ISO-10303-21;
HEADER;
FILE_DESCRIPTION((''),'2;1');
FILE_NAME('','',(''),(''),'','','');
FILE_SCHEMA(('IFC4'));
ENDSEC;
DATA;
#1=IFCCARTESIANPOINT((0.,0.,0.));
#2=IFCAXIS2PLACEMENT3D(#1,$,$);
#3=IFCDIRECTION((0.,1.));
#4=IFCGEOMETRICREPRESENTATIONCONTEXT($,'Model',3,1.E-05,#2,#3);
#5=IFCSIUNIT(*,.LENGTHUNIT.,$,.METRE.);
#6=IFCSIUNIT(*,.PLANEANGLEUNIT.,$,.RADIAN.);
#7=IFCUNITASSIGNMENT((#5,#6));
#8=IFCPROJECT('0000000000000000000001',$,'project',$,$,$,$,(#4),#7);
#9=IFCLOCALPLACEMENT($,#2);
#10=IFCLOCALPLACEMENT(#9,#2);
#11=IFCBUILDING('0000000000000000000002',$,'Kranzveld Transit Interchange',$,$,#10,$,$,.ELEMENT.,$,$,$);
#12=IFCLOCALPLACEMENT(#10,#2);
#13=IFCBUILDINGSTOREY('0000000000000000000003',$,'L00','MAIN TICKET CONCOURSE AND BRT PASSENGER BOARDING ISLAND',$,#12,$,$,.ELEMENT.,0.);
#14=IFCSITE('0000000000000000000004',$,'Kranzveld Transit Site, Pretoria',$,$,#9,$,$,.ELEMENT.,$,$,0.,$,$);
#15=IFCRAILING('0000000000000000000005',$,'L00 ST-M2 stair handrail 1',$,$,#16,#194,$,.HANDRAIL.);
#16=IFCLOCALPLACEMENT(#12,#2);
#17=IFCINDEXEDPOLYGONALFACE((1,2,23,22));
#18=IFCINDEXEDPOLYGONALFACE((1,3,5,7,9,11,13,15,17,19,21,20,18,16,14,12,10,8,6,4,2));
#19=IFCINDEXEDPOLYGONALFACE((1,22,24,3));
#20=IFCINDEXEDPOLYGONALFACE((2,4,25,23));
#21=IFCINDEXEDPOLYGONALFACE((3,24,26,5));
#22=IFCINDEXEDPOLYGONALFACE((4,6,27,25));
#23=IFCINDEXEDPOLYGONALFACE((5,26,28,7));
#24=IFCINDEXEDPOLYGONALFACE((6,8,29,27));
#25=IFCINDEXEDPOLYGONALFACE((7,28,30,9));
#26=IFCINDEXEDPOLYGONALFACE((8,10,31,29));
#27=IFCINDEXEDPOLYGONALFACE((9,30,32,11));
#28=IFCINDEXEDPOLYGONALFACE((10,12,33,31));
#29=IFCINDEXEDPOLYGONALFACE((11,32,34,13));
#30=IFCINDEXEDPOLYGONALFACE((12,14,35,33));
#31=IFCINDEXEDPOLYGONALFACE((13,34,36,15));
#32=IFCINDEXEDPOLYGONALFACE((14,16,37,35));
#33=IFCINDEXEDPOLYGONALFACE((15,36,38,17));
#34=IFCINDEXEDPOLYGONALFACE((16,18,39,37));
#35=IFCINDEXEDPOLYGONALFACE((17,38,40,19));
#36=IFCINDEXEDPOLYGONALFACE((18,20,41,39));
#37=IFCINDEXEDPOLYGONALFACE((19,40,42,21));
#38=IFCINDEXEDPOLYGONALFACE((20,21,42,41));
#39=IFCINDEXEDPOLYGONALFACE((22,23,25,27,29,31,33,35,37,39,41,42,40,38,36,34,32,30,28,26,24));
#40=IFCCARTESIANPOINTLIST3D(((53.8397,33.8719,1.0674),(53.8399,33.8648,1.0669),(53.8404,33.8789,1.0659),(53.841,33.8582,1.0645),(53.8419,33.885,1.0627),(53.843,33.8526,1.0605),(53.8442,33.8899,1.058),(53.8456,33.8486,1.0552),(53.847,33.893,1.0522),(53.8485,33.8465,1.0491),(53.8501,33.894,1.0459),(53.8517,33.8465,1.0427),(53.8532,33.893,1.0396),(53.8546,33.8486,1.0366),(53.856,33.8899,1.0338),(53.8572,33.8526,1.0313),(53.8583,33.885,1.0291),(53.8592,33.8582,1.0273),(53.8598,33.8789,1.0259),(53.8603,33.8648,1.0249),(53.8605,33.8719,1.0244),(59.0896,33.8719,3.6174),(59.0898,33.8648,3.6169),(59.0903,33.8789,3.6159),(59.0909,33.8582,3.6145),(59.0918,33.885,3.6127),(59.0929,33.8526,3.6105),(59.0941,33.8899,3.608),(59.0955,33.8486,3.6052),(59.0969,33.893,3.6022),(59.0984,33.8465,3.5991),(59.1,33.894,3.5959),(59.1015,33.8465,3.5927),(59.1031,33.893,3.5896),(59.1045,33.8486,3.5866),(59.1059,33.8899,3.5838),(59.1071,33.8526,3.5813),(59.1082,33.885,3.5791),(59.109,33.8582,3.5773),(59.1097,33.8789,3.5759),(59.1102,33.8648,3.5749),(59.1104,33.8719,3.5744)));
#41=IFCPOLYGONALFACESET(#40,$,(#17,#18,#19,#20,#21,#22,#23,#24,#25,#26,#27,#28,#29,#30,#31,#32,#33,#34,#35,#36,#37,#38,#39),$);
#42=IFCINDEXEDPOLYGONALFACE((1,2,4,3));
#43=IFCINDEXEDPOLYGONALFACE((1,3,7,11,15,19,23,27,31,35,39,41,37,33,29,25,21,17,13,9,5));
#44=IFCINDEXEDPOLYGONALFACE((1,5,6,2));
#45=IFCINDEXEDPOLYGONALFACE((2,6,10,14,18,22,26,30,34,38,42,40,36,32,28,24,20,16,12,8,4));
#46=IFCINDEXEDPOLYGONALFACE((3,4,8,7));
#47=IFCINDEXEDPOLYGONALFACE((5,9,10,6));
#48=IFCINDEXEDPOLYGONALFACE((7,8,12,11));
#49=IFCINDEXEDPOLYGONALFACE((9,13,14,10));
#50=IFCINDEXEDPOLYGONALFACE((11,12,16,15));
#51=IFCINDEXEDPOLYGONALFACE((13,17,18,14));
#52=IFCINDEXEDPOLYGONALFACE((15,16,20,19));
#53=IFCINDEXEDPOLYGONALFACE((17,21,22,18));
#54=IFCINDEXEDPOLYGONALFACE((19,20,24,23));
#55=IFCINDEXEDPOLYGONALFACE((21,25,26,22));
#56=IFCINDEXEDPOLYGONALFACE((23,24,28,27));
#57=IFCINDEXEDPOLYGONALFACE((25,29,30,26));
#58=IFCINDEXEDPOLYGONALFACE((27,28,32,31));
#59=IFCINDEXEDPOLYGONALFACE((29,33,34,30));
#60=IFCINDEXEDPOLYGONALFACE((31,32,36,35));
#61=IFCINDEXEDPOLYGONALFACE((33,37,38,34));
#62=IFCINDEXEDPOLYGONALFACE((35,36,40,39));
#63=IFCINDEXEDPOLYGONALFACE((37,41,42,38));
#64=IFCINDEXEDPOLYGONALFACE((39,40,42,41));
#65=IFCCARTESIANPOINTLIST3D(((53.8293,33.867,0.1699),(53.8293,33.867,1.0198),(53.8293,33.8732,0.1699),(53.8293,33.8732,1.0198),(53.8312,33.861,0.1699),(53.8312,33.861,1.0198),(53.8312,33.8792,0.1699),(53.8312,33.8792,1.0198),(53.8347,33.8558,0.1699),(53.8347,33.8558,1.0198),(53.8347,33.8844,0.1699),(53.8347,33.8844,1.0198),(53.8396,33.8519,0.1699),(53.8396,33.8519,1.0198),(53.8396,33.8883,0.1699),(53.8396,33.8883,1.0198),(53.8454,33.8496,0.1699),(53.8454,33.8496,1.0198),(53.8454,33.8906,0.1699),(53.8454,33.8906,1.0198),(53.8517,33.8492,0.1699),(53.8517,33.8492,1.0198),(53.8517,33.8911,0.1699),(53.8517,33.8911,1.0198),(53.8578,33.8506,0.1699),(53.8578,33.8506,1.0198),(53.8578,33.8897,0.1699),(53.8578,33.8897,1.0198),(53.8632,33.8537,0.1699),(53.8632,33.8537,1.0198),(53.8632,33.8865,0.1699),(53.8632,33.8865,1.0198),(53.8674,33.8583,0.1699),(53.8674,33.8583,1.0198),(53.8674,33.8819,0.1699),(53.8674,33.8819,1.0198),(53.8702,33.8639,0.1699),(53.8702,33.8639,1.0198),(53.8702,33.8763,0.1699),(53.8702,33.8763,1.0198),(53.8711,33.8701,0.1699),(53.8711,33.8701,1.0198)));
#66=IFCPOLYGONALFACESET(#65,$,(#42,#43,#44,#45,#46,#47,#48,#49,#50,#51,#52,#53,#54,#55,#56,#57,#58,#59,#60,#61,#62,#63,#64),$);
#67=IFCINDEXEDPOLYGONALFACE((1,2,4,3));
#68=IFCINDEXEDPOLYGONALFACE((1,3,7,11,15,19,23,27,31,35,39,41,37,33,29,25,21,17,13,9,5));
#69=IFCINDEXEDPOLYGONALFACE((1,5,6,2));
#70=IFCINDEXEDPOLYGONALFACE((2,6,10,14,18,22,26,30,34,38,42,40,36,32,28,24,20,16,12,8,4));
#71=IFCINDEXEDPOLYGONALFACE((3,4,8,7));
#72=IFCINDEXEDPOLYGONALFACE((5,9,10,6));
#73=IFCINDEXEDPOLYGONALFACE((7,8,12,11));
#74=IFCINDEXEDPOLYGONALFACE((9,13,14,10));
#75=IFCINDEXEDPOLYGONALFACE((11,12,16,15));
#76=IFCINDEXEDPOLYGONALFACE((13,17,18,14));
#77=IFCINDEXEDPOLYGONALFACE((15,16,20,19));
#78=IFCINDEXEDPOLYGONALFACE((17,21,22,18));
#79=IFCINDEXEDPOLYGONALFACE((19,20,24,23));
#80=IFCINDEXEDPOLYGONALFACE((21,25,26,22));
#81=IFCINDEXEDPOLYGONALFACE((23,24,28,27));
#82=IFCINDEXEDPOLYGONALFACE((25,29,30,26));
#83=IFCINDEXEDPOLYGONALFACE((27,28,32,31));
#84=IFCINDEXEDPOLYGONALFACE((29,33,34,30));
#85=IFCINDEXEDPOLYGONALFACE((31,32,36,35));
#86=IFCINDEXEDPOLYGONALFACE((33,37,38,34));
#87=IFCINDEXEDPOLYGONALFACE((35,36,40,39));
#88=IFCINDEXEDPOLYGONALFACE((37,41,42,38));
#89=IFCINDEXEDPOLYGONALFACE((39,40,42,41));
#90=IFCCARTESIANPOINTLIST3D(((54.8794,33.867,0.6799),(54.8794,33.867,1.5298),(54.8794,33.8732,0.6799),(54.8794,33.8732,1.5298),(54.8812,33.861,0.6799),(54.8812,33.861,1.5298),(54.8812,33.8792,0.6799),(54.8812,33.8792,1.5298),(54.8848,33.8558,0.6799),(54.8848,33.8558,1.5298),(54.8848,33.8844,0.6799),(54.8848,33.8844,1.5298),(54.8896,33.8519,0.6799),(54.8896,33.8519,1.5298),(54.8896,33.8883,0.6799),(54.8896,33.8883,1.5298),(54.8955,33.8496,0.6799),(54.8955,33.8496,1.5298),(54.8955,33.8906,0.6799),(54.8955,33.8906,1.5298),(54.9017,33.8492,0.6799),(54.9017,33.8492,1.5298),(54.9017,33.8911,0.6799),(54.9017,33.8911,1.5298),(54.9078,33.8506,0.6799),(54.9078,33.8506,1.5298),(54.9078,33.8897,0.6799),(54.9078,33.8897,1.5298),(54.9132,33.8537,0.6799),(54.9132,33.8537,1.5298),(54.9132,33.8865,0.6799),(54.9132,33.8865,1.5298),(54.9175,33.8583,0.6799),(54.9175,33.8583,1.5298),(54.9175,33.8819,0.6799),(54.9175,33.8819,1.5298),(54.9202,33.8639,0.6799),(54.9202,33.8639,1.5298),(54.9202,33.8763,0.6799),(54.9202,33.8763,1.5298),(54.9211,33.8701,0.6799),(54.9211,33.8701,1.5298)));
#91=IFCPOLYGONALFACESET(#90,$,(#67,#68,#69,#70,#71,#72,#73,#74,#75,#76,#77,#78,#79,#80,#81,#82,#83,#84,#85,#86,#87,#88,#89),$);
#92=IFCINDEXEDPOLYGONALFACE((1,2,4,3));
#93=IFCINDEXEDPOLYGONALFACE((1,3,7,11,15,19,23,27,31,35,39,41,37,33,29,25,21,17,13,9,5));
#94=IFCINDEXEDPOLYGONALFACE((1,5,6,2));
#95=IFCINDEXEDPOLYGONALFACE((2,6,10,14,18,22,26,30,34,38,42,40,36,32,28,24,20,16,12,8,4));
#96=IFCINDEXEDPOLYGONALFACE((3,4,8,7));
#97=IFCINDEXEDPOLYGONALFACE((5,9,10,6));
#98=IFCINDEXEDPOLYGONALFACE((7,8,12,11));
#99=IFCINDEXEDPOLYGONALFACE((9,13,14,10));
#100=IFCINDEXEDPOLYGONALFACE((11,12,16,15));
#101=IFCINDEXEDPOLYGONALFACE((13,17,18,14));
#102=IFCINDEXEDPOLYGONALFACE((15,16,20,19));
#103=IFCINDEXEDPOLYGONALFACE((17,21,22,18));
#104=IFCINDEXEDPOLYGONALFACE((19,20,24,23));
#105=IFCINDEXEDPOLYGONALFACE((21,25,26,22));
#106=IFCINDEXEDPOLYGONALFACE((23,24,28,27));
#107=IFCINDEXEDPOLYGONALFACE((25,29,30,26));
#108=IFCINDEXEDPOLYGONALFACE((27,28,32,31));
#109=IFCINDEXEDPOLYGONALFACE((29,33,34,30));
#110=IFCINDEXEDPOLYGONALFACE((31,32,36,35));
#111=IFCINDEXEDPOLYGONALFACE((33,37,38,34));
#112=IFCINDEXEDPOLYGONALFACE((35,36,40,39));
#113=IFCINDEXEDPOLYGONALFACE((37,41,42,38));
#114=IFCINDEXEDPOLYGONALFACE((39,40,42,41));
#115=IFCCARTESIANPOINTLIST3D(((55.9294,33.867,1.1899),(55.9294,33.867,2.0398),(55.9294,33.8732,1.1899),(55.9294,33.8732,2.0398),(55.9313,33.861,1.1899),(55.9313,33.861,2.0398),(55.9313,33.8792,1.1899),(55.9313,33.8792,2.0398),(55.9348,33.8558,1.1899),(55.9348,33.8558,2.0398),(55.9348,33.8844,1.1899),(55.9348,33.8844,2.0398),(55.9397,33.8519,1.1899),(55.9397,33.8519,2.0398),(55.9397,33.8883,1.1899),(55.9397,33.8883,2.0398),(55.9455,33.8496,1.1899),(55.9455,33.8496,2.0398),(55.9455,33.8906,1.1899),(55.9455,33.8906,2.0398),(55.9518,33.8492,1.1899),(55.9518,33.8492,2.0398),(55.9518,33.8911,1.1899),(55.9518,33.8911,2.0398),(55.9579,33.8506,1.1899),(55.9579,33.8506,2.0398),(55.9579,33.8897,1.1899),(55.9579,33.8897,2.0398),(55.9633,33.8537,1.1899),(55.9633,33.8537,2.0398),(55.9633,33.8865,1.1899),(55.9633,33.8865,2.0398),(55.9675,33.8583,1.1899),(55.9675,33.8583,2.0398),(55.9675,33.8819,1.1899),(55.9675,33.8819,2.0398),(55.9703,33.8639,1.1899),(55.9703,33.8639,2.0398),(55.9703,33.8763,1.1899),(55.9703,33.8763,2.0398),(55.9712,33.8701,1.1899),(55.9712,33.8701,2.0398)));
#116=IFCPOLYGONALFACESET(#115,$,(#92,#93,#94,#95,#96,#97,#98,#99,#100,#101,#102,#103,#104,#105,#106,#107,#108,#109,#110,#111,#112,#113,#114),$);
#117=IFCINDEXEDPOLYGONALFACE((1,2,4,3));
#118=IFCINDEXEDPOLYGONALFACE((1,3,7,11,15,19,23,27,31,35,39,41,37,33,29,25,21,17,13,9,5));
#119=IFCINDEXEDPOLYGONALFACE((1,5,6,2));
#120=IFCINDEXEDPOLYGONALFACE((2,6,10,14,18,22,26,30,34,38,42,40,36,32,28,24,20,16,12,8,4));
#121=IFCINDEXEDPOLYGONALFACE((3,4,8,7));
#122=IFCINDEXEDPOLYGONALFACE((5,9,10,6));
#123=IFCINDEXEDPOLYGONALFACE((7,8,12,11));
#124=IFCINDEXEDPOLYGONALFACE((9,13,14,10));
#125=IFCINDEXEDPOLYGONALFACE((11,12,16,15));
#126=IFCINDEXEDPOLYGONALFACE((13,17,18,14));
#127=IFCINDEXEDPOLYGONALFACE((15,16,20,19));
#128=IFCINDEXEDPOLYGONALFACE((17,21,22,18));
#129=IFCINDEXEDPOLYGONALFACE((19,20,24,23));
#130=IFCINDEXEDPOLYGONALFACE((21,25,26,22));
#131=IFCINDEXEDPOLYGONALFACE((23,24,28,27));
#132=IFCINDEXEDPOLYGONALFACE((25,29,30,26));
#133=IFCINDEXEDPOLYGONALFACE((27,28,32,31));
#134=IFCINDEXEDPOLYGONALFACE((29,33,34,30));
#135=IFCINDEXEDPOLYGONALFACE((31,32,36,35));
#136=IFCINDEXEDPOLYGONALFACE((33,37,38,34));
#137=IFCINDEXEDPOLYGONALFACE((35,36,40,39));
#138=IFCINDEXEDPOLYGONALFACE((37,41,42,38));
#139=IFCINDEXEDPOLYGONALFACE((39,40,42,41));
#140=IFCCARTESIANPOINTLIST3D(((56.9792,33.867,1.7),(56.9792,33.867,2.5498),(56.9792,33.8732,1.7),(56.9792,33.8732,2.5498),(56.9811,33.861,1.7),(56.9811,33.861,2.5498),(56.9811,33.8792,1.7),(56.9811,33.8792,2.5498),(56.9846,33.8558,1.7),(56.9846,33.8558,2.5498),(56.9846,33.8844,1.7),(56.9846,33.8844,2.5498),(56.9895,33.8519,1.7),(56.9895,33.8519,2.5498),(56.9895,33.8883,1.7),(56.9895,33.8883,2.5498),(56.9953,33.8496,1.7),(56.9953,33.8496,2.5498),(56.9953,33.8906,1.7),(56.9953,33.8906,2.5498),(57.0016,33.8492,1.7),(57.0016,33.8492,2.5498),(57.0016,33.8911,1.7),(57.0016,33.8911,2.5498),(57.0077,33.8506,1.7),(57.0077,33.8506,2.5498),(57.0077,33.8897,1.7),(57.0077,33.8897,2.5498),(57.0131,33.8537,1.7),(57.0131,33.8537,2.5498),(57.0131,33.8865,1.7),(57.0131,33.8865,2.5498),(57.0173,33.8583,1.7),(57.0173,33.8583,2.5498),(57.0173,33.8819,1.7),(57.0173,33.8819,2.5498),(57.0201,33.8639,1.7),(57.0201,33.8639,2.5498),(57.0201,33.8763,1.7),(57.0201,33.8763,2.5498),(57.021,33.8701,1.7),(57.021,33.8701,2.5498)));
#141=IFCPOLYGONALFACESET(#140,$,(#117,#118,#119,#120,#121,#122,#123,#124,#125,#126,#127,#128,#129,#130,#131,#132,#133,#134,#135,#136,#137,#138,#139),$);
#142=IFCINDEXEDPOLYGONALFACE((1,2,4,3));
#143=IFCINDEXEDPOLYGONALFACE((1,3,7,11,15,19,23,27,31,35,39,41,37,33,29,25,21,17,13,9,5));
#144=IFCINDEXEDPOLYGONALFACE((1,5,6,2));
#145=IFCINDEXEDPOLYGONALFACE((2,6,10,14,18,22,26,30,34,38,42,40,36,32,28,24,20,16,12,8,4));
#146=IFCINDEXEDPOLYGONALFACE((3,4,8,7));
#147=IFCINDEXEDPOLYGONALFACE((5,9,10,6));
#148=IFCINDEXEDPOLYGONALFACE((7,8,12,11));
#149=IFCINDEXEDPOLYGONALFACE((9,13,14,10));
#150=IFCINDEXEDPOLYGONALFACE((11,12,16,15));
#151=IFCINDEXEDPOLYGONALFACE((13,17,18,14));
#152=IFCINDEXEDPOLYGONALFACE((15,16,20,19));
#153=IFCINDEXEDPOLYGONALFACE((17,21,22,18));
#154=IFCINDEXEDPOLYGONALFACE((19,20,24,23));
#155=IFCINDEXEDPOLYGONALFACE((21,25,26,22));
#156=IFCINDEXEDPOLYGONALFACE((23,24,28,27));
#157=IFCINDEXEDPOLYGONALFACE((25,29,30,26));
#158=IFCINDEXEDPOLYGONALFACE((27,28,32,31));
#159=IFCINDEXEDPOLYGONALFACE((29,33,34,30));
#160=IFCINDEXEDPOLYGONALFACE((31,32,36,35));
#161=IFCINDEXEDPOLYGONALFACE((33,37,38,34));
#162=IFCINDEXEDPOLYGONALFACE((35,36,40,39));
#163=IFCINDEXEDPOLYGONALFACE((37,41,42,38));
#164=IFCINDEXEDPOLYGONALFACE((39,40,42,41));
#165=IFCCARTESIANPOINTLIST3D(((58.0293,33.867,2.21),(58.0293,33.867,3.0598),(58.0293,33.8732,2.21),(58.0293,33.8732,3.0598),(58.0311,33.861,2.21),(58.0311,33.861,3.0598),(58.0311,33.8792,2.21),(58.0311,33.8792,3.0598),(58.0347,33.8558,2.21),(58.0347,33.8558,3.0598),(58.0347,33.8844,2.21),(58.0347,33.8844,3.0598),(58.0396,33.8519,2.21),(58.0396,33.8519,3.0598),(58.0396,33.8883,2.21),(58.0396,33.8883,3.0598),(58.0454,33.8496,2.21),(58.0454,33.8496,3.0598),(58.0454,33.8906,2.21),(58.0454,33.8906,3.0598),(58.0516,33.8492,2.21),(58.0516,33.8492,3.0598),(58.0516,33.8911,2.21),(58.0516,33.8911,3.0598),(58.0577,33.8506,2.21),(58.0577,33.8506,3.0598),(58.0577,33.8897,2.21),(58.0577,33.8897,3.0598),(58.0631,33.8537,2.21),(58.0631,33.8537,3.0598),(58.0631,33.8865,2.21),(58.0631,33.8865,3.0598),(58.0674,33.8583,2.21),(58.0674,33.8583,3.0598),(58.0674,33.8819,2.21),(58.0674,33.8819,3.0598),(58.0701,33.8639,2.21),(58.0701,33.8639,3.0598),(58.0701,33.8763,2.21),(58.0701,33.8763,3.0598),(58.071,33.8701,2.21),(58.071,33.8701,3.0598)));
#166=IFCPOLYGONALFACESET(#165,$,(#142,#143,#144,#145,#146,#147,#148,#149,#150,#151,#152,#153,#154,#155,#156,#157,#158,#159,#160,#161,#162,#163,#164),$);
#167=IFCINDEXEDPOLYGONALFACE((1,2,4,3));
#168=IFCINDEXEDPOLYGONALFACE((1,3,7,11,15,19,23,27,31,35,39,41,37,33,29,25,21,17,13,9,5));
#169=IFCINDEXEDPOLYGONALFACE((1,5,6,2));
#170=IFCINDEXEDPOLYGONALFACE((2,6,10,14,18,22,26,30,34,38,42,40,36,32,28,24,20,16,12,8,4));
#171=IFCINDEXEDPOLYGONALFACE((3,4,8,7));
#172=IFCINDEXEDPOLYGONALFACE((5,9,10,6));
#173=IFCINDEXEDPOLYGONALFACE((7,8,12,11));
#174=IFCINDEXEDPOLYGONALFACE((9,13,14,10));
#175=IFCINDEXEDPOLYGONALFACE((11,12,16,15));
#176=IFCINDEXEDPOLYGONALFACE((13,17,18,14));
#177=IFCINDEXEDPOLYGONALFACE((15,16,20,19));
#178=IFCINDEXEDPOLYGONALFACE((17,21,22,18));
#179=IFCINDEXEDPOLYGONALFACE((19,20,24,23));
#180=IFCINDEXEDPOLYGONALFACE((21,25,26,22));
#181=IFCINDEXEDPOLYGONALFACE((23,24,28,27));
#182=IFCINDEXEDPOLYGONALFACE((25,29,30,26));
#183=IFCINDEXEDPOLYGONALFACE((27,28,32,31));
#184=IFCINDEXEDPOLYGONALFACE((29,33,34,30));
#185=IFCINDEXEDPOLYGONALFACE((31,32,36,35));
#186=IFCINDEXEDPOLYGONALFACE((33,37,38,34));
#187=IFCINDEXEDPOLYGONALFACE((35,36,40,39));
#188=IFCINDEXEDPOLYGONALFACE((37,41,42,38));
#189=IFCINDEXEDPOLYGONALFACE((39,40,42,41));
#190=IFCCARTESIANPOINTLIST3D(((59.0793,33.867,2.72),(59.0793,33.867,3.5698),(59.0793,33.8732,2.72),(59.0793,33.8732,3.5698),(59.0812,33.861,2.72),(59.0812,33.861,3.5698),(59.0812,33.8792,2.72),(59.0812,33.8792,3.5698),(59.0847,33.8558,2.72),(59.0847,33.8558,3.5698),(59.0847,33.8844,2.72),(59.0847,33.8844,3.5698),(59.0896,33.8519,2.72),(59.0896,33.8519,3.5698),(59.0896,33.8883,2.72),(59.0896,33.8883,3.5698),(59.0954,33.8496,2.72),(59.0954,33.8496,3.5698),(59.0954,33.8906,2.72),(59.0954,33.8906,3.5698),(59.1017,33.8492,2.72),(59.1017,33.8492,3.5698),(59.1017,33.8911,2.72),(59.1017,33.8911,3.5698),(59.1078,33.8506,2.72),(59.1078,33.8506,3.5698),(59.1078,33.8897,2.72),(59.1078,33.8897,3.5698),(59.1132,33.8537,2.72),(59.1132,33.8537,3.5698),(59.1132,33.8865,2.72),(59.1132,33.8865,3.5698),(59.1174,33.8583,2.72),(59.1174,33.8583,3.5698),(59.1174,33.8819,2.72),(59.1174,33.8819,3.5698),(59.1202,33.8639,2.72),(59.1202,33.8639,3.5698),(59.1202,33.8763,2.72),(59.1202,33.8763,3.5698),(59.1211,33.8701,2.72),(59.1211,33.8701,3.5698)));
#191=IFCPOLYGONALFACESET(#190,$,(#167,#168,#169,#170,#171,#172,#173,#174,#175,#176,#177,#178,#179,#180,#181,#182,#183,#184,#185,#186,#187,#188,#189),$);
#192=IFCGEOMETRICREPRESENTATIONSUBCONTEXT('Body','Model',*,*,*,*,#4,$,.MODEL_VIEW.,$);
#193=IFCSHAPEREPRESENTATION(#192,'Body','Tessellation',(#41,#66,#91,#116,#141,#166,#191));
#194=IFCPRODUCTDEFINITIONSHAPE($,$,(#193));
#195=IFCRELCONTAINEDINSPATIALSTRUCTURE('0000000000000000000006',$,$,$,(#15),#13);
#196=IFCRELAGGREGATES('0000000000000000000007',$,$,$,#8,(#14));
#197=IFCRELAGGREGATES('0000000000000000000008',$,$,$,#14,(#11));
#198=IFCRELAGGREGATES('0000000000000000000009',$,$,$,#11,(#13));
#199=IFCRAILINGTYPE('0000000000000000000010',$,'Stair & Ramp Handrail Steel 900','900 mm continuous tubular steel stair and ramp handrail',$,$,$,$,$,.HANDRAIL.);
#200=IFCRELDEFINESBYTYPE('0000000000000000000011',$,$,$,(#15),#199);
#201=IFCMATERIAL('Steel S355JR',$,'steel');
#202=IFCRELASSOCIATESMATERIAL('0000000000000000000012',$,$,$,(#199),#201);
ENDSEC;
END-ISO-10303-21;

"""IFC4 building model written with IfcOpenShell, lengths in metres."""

from ifc_helpers import new_model, si_unit, direction, frame, origin, origin_2d, place, context, subcontext, project, spatial, circle, extrude, material, type_object, element, save


model = new_model("IFC4")

# Units and contexts
model_context = context("Model", 3, precision=1e-05, world=origin(), true_north=direction((0.0, 1.0)))
body_context = subcontext(model_context, "Body", "Model", "MODEL_VIEW")
ifc_project = project(units=[si_unit("LENGTHUNIT", "METRE"), si_unit("PLANEANGLEUNIT", "RADIAN")], contexts=[model_context])

# Site, building, storey
site_placement = place(None, origin())
site = spatial("IfcSite", under=ifc_project, at=site_placement, Name="Kranzveld Transit Site, Pretoria", CompositionType="ELEMENT", RefElevation=0.0)
building_placement = place(site_placement, origin())
building = spatial("IfcBuilding", under=site, at=building_placement, Name="Kranzveld Transit Interchange", CompositionType="ELEMENT")
storey_placement = place(building_placement, origin())
storey = spatial("IfcBuildingStorey", under=building, at=storey_placement, Name="L00", Description="MAIN TICKET CONCOURSE AND BRT PASSENGER BOARDING ISLAND", CompositionType="ELEMENT", Elevation=0.0)

# Railing
ifc_material_1 = material(Name="Steel S355JR", Category="steel")
railing_type_1 = type_object("IfcRailingType", Name="Stair & Ramp Handrail Steel 900", Description="900 mm continuous tubular steel stair and ramp handrail", PredefinedType="HANDRAIL", material=ifc_material_1)
railing_1_placement = place(storey_placement, frame((53.8501, 33.8701, 0.1699)))
element("IfcRailing", 1, at=railing_1_placement, inside=storey, type_object=railing_type_1, Name="L00 ST-M2 stair handrail 1", PredefinedType="HANDRAIL", context=body_context, shape_type="SweptSolid", body=[
    extrude(circle(Radius=0.0239, at=origin_2d()), frame((0.0, 0.0, 0.876), z_axis=(0.899505, 0.0, 0.436911), x_axis=(0.0, 1.0, 0.0)), (0.0, 0.0, 1.0), 5.8364),
    extrude(circle(Radius=0.021, at=origin_2d()), origin(), (0.0, 0.0, 1.0), 0.8499),
    extrude(circle(Radius=0.021, at=origin_2d()), frame((1.05, 0.0, 0.51)), (0.0, 0.0, 1.0), 0.8499),
    extrude(circle(Radius=0.021, at=origin_2d()), frame((2.1001, 0.0, 1.02)), (0.0, 0.0, 1.0), 0.8499),
    extrude(circle(Radius=0.021, at=origin_2d()), frame((3.1499, 0.0, 1.53)), (0.0, 0.0, 1.0), 0.8499),
    extrude(circle(Radius=0.021, at=origin_2d()), frame((4.2, 0.0, 2.04)), (0.0, 0.0, 1.0), 0.8499),
    extrude(circle(Radius=0.021, at=origin_2d()), frame((5.25, 0.0, 2.55)), (0.0, 0.0, 1.0), 0.8499),
])

save(model, "model.ifc")
